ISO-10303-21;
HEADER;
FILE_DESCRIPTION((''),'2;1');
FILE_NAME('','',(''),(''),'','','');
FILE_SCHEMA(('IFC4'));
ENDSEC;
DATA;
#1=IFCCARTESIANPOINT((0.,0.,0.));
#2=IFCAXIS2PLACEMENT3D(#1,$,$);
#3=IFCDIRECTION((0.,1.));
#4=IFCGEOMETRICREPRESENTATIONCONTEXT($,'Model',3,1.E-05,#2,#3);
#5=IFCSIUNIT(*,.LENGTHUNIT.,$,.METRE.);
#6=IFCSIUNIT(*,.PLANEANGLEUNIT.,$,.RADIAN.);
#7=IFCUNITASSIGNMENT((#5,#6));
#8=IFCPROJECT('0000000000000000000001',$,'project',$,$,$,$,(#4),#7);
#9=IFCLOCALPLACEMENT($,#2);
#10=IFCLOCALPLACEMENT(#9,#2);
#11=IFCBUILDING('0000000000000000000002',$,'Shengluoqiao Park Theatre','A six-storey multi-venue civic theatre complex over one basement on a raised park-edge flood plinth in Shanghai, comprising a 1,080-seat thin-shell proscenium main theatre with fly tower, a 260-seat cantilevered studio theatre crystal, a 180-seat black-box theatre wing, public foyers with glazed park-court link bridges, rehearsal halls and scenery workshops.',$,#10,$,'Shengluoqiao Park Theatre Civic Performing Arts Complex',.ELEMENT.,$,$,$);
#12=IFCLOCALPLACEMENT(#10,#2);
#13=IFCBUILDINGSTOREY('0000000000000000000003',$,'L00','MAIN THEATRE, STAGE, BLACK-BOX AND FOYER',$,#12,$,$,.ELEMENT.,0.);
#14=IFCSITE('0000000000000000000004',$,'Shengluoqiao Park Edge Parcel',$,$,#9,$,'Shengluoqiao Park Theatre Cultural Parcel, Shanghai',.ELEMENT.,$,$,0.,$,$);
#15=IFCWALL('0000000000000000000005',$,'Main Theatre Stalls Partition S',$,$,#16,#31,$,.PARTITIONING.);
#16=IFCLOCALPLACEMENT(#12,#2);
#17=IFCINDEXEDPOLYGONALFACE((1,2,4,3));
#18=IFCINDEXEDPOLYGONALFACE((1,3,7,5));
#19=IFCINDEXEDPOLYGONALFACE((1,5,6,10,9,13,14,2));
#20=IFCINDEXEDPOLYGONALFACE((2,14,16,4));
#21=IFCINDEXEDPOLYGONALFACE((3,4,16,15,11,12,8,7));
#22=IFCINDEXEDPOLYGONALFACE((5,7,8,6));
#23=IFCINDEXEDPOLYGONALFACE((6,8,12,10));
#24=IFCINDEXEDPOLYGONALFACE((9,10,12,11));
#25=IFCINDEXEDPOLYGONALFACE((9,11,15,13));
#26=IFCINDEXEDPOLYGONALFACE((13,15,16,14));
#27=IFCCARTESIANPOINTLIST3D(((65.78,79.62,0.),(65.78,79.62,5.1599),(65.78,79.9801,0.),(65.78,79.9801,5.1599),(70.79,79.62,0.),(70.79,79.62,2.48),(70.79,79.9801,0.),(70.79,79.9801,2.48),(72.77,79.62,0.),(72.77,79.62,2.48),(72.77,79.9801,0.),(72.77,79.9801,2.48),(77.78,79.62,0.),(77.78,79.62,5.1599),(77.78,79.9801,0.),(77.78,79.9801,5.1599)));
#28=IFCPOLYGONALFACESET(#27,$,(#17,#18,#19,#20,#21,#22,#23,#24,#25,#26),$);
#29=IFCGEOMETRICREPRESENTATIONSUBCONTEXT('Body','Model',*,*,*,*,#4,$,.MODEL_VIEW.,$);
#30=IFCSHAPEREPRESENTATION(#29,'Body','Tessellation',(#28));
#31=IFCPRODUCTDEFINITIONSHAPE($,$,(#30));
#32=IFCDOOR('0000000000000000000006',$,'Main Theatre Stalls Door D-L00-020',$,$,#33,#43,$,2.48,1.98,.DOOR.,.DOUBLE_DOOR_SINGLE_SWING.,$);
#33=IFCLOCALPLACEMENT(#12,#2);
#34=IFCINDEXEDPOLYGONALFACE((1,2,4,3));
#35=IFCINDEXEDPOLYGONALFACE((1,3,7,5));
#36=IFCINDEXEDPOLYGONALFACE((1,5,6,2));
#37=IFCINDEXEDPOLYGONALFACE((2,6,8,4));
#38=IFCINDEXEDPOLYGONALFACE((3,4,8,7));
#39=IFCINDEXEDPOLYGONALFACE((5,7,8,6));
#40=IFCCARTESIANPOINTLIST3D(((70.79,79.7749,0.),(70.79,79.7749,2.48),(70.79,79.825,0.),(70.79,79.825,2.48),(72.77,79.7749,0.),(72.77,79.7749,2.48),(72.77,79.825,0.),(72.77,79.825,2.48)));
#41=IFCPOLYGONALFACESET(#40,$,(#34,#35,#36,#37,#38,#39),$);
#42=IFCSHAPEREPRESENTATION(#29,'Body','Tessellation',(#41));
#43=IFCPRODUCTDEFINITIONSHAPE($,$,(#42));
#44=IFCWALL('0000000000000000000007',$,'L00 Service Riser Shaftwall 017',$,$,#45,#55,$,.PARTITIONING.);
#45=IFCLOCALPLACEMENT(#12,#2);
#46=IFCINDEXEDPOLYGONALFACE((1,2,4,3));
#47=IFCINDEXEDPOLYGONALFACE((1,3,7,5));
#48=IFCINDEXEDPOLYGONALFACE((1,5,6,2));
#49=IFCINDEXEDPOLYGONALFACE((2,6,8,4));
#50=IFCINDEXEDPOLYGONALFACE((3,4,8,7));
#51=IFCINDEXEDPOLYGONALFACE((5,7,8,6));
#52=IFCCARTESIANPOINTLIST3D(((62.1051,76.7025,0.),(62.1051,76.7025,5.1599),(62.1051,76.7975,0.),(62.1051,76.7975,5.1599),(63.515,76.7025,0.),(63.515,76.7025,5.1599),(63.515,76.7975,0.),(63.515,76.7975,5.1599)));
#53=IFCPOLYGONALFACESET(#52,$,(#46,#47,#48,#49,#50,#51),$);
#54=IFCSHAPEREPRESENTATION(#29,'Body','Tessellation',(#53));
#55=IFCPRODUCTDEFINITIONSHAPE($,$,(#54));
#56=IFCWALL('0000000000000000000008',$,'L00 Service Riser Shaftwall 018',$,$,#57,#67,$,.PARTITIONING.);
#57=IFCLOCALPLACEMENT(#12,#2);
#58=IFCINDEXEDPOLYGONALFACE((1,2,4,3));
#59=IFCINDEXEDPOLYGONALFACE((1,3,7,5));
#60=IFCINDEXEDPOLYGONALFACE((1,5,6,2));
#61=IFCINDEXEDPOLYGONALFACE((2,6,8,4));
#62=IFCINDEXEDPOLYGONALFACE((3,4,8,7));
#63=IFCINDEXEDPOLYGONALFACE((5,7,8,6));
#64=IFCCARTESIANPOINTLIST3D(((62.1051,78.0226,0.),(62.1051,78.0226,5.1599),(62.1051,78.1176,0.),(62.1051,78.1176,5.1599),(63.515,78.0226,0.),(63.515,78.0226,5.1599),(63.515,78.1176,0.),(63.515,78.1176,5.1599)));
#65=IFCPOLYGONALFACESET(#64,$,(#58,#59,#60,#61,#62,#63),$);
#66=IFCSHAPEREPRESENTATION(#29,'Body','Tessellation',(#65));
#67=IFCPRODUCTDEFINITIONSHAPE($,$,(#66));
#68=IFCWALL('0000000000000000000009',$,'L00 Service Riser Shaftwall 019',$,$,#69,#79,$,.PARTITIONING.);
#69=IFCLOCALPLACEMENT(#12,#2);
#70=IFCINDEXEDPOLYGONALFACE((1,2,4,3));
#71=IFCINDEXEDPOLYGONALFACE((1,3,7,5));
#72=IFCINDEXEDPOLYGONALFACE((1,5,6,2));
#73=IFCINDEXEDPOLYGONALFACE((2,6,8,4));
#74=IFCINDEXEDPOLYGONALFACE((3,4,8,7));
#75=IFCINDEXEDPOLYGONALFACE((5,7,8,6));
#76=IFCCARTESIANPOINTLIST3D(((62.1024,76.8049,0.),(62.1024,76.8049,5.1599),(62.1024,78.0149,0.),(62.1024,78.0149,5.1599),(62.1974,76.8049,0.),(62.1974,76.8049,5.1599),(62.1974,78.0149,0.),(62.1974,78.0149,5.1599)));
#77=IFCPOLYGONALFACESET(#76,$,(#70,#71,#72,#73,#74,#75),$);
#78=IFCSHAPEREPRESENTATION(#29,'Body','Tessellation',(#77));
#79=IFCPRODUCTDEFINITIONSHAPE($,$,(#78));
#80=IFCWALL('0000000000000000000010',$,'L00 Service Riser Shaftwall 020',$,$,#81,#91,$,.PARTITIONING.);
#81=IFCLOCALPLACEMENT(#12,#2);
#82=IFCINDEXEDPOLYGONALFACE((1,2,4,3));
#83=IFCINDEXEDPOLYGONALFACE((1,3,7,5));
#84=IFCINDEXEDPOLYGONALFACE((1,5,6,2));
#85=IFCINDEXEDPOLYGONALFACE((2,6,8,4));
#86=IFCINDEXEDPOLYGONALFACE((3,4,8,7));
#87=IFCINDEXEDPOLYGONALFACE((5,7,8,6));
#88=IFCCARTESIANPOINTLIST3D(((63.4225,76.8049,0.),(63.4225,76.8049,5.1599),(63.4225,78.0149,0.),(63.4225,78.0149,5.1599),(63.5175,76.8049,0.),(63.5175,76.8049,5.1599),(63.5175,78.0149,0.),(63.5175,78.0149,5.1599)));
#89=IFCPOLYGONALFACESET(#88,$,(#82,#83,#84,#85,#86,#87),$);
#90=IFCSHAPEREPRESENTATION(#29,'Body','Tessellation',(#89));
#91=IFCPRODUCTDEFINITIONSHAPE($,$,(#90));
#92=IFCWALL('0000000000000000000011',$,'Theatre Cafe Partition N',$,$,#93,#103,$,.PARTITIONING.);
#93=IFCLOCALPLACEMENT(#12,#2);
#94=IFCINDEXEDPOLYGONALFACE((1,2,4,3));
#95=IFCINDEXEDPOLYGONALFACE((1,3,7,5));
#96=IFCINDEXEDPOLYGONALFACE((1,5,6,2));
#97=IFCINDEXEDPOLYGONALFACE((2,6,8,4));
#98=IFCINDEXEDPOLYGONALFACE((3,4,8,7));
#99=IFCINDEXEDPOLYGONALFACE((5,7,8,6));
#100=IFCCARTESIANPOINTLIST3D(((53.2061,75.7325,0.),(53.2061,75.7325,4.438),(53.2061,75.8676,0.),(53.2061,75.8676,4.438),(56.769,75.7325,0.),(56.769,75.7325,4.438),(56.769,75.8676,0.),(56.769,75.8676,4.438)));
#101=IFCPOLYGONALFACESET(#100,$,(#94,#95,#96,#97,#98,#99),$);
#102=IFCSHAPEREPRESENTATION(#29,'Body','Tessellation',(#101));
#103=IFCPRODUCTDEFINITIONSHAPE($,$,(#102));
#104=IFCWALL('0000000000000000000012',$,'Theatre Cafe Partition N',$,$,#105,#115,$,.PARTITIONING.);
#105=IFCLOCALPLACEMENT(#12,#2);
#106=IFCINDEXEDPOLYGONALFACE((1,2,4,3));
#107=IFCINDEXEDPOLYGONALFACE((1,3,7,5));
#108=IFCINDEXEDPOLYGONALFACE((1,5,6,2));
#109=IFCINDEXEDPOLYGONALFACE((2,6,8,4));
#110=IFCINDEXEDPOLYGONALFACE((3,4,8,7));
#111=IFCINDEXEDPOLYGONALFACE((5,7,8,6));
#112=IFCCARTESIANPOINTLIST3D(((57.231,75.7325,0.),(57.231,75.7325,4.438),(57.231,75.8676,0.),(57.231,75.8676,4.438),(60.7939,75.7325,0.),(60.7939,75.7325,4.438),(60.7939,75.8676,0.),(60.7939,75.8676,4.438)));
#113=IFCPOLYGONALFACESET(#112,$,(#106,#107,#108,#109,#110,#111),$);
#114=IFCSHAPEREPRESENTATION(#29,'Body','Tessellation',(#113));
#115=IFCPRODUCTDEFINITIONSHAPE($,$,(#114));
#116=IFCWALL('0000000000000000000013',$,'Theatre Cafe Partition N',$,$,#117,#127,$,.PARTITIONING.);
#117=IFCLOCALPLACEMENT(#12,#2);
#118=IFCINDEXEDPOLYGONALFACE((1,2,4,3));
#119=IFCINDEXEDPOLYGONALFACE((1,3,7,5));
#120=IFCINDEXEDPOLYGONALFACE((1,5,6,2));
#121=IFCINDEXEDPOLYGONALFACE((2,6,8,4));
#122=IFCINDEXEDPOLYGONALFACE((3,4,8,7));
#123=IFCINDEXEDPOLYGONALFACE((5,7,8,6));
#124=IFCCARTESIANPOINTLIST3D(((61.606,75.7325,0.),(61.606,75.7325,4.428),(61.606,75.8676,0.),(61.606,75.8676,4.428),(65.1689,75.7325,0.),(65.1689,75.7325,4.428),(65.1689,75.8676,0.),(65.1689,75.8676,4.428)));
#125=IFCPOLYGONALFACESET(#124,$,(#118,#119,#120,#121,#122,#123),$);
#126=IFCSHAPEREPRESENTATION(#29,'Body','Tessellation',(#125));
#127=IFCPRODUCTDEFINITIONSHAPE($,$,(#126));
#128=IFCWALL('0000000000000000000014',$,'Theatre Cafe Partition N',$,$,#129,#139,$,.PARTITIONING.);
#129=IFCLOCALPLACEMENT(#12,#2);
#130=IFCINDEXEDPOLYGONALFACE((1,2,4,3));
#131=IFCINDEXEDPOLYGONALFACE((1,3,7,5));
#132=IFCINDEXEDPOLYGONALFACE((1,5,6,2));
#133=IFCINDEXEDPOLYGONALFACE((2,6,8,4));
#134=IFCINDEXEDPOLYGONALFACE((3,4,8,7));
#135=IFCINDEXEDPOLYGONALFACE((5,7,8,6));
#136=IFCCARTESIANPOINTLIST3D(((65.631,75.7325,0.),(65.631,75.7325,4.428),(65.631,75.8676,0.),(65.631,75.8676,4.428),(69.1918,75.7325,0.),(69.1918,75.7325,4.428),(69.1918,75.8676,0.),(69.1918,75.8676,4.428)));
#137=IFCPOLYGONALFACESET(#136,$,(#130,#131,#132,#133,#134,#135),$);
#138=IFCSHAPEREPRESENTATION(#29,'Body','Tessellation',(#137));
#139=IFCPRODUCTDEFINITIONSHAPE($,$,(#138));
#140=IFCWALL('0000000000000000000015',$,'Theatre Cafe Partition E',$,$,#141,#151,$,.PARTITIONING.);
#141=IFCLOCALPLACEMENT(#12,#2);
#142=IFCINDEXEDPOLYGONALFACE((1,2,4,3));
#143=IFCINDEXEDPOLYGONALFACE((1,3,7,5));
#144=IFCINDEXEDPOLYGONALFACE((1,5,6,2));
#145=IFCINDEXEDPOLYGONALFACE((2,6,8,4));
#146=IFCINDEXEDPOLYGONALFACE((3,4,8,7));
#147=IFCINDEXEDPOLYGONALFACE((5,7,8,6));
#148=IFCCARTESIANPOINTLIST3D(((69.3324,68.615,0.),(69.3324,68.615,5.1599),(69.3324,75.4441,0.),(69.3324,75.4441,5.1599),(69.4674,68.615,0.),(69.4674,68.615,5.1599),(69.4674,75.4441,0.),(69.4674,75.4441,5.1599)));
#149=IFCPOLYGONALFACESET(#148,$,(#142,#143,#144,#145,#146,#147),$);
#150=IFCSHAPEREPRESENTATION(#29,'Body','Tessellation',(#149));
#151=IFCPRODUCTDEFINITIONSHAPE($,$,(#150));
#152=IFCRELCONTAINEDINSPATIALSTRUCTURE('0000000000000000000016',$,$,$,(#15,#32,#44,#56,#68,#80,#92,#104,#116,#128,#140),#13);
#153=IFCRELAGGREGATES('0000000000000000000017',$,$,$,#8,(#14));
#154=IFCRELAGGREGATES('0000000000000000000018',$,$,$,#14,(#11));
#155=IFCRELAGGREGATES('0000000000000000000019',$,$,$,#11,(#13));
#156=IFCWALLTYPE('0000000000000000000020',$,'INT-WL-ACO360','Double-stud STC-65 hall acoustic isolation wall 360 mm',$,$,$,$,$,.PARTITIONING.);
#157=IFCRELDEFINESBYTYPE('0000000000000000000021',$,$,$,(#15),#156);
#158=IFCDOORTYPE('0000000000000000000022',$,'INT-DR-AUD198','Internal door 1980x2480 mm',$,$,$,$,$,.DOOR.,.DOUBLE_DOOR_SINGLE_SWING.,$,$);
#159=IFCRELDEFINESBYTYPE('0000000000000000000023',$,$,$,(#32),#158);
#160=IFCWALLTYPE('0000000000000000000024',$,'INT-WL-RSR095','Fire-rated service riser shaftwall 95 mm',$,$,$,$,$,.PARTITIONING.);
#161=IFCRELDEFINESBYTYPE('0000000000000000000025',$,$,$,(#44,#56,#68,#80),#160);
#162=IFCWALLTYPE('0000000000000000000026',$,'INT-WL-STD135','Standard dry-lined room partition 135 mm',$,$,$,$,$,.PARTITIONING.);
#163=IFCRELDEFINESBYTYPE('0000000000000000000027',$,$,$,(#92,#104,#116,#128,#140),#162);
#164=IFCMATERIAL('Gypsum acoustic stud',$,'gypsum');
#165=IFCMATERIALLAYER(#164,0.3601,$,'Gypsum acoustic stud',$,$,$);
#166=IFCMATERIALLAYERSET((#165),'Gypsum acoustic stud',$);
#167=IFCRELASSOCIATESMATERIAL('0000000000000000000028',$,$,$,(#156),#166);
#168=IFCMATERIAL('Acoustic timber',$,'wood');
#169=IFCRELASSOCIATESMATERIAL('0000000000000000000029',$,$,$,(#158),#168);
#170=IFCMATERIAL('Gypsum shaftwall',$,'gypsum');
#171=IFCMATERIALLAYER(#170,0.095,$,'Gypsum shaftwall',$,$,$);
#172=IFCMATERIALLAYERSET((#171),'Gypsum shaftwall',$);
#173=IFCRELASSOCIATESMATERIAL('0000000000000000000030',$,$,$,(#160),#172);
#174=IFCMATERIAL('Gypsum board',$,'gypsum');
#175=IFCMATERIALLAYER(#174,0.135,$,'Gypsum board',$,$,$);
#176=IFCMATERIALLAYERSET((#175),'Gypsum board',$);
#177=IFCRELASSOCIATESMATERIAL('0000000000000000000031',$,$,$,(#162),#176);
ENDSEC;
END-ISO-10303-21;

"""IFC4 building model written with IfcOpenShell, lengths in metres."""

from ifc_helpers import new_model, si_unit, direction, frame, frame_2d, origin, place, context, subcontext, project, spatial, rectangle, extrude, material, layer, layer_set, type_object, element, fill, save


model = new_model("IFC4")

# Units and contexts
model_context = context("Model", 3, precision=1e-05, world=origin(), true_north=direction((0.0, 1.0)))
body_context = subcontext(model_context, "Body", "Model", "MODEL_VIEW")
ifc_project = project(units=[si_unit("LENGTHUNIT", "METRE"), si_unit("PLANEANGLEUNIT", "RADIAN")], contexts=[model_context])

# Site, building, storey
site_placement = place(None, origin())
site = spatial("IfcSite", under=ifc_project, at=site_placement, Name="Shengluoqiao Park Edge Parcel", LongName="Shengluoqiao Park Theatre Cultural Parcel, Shanghai", CompositionType="ELEMENT", RefElevation=0.0)
building_placement = place(site_placement, origin())
building = spatial("IfcBuilding", under=site, at=building_placement, Name="Shengluoqiao Park Theatre", Description="A six-storey multi-venue civic theatre complex over one basement on a raised park-edge flood plinth in Shanghai, comprising a 1,080-seat thin-shell proscenium main theatre with fly tower, a 260-seat cantilevered studio theatre crystal, a 180-seat black-box theatre wing, public foyers with glazed park-court link bridges, rehearsal halls and scenery workshops.", LongName="Shengluoqiao Park Theatre Civic Performing Arts Complex", CompositionType="ELEMENT")
storey_placement = place(building_placement, origin())
storey = spatial("IfcBuildingStorey", under=building, at=storey_placement, Name="L00", Description="MAIN THEATRE, STAGE, BLACK-BOX AND FOYER", CompositionType="ELEMENT", Elevation=0.0)

# Wall, opening, door
ifc_material_1 = material(Name="Gypsum acoustic stud", Category="gypsum")
ifc_layer_1 = layer(ifc_material_1, 0.3601, Name="Gypsum acoustic stud")
ifc_layer_set_1 = layer_set([ifc_layer_1], Name="Gypsum acoustic stud")
wall_type_1 = type_object("IfcWallType", Name="INT-WL-ACO360", Description="Double-stud STC-65 hall acoustic isolation wall 360 mm", PredefinedType="PARTITIONING", material=ifc_layer_set_1)
ifc_material_2 = material(Name="Acoustic timber", Category="wood")
wall_1_placement = place(storey_placement, frame((65.78, 79.8, 0.0), z_axis=(0.0, 0.0, 1.0), x_axis=(1.0, 0.0, 0.0)))
wall_1 = element("IfcWall", 1, at=wall_1_placement, inside=storey, type_object=wall_type_1, Name="Main Theatre Stalls Partition S", PredefinedType="PARTITIONING", context=body_context, shape_type="SweptSolid", body=[
    extrude(rectangle(XDim=12.0, YDim=0.3601, at=frame_2d((6.0, 0.0))), origin(), (0.0, 0.0, 1.0), 5.1599),
])
opening_1_placement = place(wall_1_placement, frame((5.01, 0.0, 0.0)))
opening_1 = element("IfcOpeningElement", 2, at=opening_1_placement, cuts=wall_1, PredefinedType="OPENING", context=body_context, shape_type="SweptSolid", body=[
    extrude(rectangle(XDim=1.98, YDim=2.48, at=frame_2d((0.99, 1.24))), frame((0.0, 0.1899, 0.0), z_axis=(0.0, -1.0, 0.0), x_axis=(1.0, 0.0, 0.0)), (0.0, 0.0, 1.0), 0.3801),
])
door_type_1 = type_object("IfcDoorType", Name="INT-DR-AUD198", Description="Internal door 1980x2480 mm", OperationType="DOUBLE_DOOR_SINGLE_SWING", PredefinedType="DOOR", material=ifc_material_2)
door_1_placement = place(opening_1_placement, origin())
door_1 = element("IfcDoor", 3, at=door_1_placement, inside=storey, type_object=door_type_1, Name="Main Theatre Stalls Door D-L00-020", OperationType="DOUBLE_DOOR_SINGLE_SWING", OverallHeight=2.48, OverallWidth=1.98, PredefinedType="DOOR", context=body_context, shape_type="SweptSolid", body=[
    extrude(rectangle(XDim=1.98, YDim=2.48, at=frame_2d((0.99, 1.24))), frame((0.0, 0.0249, 0.0), z_axis=(0.0, -1.0, 0.0), x_axis=(1.0, 0.0, 0.0)), (0.0, 0.0, 1.0), 0.05),
])
fill(opening_1, door_1)

# Walls
ifc_material_3 = material(Name="Gypsum shaftwall", Category="gypsum")
ifc_layer_2 = layer(ifc_material_3, 0.095, Name="Gypsum shaftwall")
ifc_layer_set_2 = layer_set([ifc_layer_2], Name="Gypsum shaftwall")
wall_type_2 = type_object("IfcWallType", Name="INT-WL-RSR095", Description="Fire-rated service riser shaftwall 95 mm", PredefinedType="PARTITIONING", material=ifc_layer_set_2)
for number, where, z_axis, x_axis, name in (
    (4, (62.105, 76.75, 0.0), (0.0, 0.0, 1.0), (1.0, 0.0, 0.0), "L00 Service Riser Shaftwall 017"),
    (5, (62.105, 78.0701, 0.0), (0.0, 0.0, 1.0), (1.0, 0.0, 0.0), "L00 Service Riser Shaftwall 018"),
):
    element("IfcWall", number, at=place(storey_placement, frame(where, z_axis=z_axis, x_axis=x_axis)), inside=storey, type_object=wall_type_2, Name=name, PredefinedType="PARTITIONING", context=body_context, shape_type="SweptSolid", body=[
        extrude(rectangle(XDim=1.4099, YDim=0.095, at=frame_2d((0.7051, 0.0))), origin(), (0.0, 0.0, 1.0), 5.1599),
    ])
for number, where, z_axis, x_axis, name in (
    (6, (62.1499, 76.8049, 0.0), (0.0, 0.0, 1.0), (0.0, 1.0, 0.0), "L00 Service Riser Shaftwall 019"),
    (7, (63.47, 76.8049, 0.0), (0.0, 0.0, 1.0), (0.0, 1.0, 0.0), "L00 Service Riser Shaftwall 020"),
):
    element("IfcWall", number, at=place(storey_placement, frame(where, z_axis=z_axis, x_axis=x_axis)), inside=storey, type_object=wall_type_2, Name=name, PredefinedType="PARTITIONING", context=body_context, shape_type="SweptSolid", body=[
        extrude(rectangle(XDim=1.21, YDim=0.095, at=frame_2d((0.605, 0.0))), origin(), (0.0, 0.0, 1.0), 5.1599),
    ])
ifc_material_4 = material(Name="Gypsum board", Category="gypsum")
ifc_layer_3 = layer(ifc_material_4, 0.135, Name="Gypsum board")
ifc_layer_set_3 = layer_set([ifc_layer_3], Name="Gypsum board")
wall_type_3 = type_object("IfcWallType", Name="INT-WL-STD135", Description="Standard dry-lined room partition 135 mm", PredefinedType="PARTITIONING", material=ifc_layer_set_3)
for number, where, z_axis, x_axis, name in (
    (8, (53.2061, 75.8, 0.0), (0.0, 0.0, 1.0), (1.0, 0.0, 0.0), "Theatre Cafe Partition N"),
    (9, (57.231, 75.8, 0.0), (0.0, 0.0, 1.0), (1.0, 0.0, 0.0), "Theatre Cafe Partition N"),
):
    element("IfcWall", number, at=place(storey_placement, frame(where, z_axis=z_axis, x_axis=x_axis)), inside=storey, type_object=wall_type_3, Name=name, PredefinedType="PARTITIONING", context=body_context, shape_type="SweptSolid", body=[
        extrude(rectangle(XDim=3.563, YDim=0.135, at=frame_2d((1.7815, 0.0))), origin(), (0.0, 0.0, 1.0), 4.438),
    ])
wall_2_placement = place(storey_placement, frame((61.606, 75.8, 0.0), z_axis=(0.0, 0.0, 1.0), x_axis=(1.0, 0.0, 0.0)))
element("IfcWall", 10, at=wall_2_placement, inside=storey, type_object=wall_type_3, Name="Theatre Cafe Partition N", PredefinedType="PARTITIONING", context=body_context, shape_type="SweptSolid", body=[
    extrude(rectangle(XDim=3.563, YDim=0.135, at=frame_2d((1.7815, 0.0))), origin(), (0.0, 0.0, 1.0), 4.428),
])
wall_3_placement = place(storey_placement, frame((65.6311, 75.8, 0.0), z_axis=(0.0, 0.0, 1.0), x_axis=(1.0, 0.0, 0.0)))
element("IfcWall", 11, at=wall_3_placement, inside=storey, type_object=wall_type_3, Name="Theatre Cafe Partition N", PredefinedType="PARTITIONING", context=body_context, shape_type="SweptSolid", body=[
    extrude(rectangle(XDim=3.5608, YDim=0.135, at=frame_2d((1.7803, 0.0))), origin(), (0.0, 0.0, 1.0), 4.428),
])
wall_4_placement = place(storey_placement, frame((69.3999, 68.615, 0.0), z_axis=(0.0, 0.0, 1.0), x_axis=(0.0, 1.0, 0.0)))
element("IfcWall", 12, at=wall_4_placement, inside=storey, type_object=wall_type_3, Name="Theatre Cafe Partition E", PredefinedType="PARTITIONING", context=body_context, shape_type="SweptSolid", body=[
    extrude(rectangle(XDim=6.8291, YDim=0.135, at=frame_2d((3.4146, 0.0))), origin(), (0.0, 0.0, 1.0), 5.1599),
])

save(model, "model.ifc")
